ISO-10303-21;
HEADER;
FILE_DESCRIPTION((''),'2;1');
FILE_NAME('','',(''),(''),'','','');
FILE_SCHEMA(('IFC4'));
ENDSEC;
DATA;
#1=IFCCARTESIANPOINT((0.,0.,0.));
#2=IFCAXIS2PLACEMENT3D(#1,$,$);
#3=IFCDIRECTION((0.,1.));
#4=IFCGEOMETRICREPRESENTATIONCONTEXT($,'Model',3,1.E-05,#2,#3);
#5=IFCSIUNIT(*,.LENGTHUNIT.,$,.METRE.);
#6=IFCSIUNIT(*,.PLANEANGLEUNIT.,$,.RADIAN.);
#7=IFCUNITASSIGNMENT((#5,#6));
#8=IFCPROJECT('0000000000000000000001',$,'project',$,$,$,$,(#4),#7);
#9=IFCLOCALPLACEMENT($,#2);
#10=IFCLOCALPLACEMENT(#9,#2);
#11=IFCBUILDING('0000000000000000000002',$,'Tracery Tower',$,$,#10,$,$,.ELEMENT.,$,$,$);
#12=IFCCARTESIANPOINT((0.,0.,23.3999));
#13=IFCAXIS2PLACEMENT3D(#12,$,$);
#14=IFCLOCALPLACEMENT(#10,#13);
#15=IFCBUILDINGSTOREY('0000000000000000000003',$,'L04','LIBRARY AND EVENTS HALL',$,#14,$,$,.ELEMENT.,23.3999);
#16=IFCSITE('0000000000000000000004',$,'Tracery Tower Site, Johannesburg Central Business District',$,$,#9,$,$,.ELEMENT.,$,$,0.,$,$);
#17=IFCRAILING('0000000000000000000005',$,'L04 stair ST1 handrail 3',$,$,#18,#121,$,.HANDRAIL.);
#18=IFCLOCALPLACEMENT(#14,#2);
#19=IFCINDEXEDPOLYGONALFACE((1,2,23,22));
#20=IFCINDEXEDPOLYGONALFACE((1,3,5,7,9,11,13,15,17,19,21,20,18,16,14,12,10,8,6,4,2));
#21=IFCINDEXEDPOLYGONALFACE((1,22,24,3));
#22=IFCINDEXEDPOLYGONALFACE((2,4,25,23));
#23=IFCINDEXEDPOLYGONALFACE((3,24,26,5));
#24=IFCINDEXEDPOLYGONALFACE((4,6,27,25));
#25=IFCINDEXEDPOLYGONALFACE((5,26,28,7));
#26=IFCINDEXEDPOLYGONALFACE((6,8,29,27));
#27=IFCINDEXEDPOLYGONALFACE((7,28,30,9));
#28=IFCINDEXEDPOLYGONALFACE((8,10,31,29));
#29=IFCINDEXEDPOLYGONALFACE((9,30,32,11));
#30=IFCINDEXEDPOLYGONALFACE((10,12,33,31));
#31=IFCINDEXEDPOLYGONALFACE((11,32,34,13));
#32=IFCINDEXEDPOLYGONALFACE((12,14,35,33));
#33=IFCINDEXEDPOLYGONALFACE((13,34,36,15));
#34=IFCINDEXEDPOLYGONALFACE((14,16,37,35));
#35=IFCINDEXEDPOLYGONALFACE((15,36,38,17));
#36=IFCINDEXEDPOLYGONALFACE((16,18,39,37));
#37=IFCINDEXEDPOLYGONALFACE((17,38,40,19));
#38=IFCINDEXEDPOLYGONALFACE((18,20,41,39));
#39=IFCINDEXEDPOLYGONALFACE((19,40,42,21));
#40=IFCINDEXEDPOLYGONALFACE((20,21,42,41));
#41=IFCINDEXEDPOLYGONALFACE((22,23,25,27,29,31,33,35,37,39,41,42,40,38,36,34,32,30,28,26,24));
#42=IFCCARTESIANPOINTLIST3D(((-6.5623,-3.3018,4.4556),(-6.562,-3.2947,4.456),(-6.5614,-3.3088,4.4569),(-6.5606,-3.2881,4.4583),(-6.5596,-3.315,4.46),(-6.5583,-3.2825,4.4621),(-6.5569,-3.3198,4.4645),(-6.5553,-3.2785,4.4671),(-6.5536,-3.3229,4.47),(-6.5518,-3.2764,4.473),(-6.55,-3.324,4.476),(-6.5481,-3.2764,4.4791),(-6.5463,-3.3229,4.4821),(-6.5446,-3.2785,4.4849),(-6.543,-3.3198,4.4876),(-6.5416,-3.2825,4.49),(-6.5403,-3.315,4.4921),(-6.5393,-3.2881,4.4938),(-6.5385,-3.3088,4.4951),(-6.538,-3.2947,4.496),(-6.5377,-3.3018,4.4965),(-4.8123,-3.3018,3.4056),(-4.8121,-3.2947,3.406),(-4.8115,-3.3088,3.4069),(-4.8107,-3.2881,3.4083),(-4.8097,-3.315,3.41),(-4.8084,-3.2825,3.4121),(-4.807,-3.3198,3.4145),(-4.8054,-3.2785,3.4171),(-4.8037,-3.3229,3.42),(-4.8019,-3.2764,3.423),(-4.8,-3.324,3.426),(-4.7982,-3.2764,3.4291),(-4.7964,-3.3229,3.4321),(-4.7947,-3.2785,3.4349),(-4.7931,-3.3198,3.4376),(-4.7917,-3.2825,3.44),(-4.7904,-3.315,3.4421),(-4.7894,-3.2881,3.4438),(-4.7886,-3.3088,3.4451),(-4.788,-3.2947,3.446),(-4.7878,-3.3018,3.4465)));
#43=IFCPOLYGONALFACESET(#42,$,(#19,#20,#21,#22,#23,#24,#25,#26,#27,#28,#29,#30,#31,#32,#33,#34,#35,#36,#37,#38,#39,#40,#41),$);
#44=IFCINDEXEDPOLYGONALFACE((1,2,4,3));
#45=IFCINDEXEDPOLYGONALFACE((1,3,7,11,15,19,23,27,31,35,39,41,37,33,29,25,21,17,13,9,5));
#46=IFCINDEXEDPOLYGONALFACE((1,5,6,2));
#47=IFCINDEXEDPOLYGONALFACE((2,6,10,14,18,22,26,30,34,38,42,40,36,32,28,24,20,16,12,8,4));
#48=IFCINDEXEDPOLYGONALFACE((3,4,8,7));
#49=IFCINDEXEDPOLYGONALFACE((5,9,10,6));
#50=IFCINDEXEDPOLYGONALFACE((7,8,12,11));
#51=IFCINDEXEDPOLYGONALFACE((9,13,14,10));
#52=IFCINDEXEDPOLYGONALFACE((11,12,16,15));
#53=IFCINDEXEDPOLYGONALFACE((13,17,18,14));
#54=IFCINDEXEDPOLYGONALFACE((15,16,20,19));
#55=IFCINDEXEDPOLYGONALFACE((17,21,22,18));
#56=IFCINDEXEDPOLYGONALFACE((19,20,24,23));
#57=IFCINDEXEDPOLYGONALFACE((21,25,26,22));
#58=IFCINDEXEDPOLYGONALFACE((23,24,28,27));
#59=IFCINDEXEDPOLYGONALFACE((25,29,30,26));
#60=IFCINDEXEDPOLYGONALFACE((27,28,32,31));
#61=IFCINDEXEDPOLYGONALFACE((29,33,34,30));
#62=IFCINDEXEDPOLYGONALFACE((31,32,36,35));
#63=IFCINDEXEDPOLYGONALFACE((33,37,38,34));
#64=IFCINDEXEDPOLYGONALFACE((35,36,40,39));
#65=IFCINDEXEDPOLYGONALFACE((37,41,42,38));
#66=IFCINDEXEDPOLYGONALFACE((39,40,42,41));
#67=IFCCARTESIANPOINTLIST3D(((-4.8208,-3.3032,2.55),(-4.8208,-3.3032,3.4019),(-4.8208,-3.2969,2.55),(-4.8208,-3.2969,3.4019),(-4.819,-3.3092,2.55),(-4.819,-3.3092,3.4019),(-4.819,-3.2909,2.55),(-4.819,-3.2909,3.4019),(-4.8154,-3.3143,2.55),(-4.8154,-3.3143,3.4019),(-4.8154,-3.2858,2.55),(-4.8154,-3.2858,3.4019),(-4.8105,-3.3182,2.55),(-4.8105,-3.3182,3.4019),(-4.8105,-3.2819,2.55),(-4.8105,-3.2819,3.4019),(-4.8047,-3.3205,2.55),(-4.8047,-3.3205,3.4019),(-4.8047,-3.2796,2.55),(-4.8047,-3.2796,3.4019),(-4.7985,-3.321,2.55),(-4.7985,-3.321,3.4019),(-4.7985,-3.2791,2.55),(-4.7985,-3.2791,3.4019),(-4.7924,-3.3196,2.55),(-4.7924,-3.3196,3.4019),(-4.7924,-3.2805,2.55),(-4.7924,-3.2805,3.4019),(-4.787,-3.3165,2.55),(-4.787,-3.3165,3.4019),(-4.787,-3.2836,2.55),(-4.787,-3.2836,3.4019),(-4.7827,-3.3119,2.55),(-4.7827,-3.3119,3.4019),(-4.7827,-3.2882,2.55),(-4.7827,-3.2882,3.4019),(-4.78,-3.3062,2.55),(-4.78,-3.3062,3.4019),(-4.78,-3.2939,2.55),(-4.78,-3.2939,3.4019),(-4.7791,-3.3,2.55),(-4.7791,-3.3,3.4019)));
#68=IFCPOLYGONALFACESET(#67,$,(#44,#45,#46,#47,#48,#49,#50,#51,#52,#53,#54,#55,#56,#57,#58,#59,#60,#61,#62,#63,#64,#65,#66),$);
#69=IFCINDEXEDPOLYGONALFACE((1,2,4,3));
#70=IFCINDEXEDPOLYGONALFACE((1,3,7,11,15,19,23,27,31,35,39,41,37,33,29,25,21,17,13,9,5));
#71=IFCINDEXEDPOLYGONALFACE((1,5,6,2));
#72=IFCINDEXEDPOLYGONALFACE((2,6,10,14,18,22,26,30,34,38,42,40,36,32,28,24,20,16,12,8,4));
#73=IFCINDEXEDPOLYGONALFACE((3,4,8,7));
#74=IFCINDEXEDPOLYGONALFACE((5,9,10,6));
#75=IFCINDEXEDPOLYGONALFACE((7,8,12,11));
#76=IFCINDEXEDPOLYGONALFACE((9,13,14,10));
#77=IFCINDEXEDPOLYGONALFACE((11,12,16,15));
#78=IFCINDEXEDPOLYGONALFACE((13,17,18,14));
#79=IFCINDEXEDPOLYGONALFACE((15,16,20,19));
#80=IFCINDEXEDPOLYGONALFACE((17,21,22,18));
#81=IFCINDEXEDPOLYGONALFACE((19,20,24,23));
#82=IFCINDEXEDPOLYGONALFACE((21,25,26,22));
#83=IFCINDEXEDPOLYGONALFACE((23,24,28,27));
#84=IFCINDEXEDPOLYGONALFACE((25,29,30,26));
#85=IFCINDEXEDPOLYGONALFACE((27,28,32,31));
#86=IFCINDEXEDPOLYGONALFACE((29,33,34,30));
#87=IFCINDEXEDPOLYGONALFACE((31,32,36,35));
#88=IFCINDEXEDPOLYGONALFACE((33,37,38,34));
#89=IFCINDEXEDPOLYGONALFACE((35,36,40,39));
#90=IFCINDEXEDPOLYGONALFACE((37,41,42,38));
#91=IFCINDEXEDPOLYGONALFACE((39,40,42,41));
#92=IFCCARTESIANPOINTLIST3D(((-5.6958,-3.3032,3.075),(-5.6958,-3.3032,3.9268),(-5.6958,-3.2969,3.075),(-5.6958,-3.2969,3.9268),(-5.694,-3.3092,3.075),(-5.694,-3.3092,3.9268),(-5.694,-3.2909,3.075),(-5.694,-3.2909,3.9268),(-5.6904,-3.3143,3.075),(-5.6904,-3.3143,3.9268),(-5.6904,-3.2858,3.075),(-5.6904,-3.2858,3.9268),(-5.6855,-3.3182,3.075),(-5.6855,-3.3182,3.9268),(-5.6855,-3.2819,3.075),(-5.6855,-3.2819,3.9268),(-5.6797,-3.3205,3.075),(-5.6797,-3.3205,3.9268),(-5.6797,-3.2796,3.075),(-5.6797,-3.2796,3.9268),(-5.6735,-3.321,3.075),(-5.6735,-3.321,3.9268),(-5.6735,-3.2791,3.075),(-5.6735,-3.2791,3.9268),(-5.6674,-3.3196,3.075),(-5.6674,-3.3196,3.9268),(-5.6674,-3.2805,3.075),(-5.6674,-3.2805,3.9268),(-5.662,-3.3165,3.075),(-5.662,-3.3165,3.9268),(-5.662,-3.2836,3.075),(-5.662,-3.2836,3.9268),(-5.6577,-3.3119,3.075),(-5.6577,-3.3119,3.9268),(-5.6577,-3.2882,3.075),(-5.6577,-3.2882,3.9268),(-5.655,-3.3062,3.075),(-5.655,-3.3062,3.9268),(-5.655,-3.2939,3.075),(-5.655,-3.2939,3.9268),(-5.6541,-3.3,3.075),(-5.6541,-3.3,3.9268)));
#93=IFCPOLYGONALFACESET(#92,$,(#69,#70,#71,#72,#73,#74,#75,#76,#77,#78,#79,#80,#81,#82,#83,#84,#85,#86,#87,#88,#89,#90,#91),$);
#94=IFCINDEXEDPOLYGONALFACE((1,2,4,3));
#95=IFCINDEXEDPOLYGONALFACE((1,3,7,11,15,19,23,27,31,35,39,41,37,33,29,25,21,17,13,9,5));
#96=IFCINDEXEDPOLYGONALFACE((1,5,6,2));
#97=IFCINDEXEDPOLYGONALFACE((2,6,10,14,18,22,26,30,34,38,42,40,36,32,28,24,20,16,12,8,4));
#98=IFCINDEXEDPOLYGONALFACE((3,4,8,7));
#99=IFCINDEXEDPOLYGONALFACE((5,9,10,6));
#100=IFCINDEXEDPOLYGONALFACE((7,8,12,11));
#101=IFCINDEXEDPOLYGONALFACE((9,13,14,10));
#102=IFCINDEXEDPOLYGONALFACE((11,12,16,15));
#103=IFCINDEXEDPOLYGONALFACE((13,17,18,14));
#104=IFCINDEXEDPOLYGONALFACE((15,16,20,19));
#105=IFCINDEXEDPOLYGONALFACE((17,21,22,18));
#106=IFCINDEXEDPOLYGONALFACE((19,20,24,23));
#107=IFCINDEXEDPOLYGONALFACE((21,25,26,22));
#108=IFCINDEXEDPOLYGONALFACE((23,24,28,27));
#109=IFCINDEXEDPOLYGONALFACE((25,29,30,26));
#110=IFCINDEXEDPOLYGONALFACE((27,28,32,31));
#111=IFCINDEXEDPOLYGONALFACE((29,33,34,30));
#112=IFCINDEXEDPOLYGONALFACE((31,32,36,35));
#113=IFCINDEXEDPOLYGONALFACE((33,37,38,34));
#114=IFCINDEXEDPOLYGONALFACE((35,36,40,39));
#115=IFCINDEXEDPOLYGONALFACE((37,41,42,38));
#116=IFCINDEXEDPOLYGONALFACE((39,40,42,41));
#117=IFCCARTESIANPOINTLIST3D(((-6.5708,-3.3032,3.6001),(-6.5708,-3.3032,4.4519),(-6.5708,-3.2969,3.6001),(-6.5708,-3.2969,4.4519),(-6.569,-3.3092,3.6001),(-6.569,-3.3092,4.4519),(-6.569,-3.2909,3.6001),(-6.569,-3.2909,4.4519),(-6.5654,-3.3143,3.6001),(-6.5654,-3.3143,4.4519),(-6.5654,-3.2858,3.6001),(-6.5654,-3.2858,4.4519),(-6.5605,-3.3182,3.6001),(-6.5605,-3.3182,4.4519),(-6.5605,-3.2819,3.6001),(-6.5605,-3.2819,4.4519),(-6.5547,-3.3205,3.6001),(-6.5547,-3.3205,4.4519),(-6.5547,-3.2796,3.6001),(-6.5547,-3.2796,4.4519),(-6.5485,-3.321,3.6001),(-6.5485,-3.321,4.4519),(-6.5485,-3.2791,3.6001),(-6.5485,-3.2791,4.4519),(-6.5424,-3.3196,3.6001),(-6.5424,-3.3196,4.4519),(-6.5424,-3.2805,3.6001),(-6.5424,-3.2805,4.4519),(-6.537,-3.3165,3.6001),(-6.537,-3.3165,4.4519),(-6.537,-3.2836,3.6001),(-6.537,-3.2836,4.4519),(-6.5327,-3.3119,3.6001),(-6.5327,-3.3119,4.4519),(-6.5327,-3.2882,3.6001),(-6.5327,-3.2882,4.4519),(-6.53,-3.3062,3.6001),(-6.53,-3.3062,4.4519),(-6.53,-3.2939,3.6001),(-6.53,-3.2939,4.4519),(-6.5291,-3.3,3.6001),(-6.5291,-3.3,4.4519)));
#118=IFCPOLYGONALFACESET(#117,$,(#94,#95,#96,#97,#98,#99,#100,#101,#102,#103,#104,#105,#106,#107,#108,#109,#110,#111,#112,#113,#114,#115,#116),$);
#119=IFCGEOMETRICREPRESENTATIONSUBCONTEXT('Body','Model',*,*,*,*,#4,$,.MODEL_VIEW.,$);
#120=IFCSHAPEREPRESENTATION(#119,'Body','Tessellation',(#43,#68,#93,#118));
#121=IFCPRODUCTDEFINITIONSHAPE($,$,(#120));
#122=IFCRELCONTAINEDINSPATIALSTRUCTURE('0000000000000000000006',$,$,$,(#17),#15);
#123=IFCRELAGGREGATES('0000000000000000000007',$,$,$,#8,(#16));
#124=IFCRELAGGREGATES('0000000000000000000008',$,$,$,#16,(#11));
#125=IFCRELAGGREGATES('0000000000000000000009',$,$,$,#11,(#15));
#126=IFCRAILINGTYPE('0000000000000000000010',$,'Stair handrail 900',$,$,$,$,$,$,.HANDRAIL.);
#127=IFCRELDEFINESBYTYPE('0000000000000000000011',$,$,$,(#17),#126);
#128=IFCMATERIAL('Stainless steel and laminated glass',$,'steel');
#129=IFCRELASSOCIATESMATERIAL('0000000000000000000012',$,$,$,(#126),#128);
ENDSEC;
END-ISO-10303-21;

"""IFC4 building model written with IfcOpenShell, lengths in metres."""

from ifc_helpers import new_model, si_unit, direction, frame, origin, origin_2d, place, context, subcontext, project, spatial, circle, extrude, material, type_object, element, save


model = new_model("IFC4")

# Units and contexts
model_context = context("Model", 3, precision=1e-05, world=origin(), true_north=direction((0.0, 1.0)))
body_context = subcontext(model_context, "Body", "Model", "MODEL_VIEW")
ifc_project = project(units=[si_unit("LENGTHUNIT", "METRE"), si_unit("PLANEANGLEUNIT", "RADIAN")], contexts=[model_context])

# Site, building, storey
site_placement = place(None, origin())
site = spatial("IfcSite", under=ifc_project, at=site_placement, Name="Tracery Tower Site, Johannesburg Central Business District", CompositionType="ELEMENT", RefElevation=0.0)
building_placement = place(site_placement, origin())
building = spatial("IfcBuilding", under=site, at=building_placement, Name="Tracery Tower", CompositionType="ELEMENT")
storey_placement = place(building_placement, frame((0.0, 0.0, 23.3999)))
storey = spatial("IfcBuildingStorey", under=building, at=storey_placement, Name="L04", Description="LIBRARY AND EVENTS HALL", CompositionType="ELEMENT", Elevation=23.3999)

# Railing
ifc_material_1 = material(Name="Stainless steel and laminated glass", Category="steel")
railing_type_1 = type_object("IfcRailingType", Name="Stair handrail 900", PredefinedType="HANDRAIL", material=ifc_material_1)
railing_1_placement = place(storey_placement, frame((-4.8, -3.3, 2.55)))
element("IfcRailing", 1, at=railing_1_placement, inside=storey, type_object=railing_type_1, Name="L04 stair ST1 handrail 3", PredefinedType="HANDRAIL", context=body_context, shape_type="SweptSolid", body=[
    extrude(circle(Radius=0.0239, at=origin_2d()), frame((0.0, 0.0, 0.876), z_axis=(-0.857482, 0.0, 0.514513), x_axis=(0.0, -1.0, 0.0)), (0.0, 0.0, 1.0), 2.0408),
    extrude(circle(Radius=0.021, at=origin_2d()), origin(), (0.0, 0.0, 1.0), 0.8518),
    extrude(circle(Radius=0.021, at=origin_2d()), frame((-0.875, 0.0, 0.5249)), (0.0, 0.0, 1.0), 0.8518),
    extrude(circle(Radius=0.021, at=origin_2d()), frame((-1.75, 0.0, 1.05)), (0.0, 0.0, 1.0), 0.8518),
])

save(model, "model.ifc")
